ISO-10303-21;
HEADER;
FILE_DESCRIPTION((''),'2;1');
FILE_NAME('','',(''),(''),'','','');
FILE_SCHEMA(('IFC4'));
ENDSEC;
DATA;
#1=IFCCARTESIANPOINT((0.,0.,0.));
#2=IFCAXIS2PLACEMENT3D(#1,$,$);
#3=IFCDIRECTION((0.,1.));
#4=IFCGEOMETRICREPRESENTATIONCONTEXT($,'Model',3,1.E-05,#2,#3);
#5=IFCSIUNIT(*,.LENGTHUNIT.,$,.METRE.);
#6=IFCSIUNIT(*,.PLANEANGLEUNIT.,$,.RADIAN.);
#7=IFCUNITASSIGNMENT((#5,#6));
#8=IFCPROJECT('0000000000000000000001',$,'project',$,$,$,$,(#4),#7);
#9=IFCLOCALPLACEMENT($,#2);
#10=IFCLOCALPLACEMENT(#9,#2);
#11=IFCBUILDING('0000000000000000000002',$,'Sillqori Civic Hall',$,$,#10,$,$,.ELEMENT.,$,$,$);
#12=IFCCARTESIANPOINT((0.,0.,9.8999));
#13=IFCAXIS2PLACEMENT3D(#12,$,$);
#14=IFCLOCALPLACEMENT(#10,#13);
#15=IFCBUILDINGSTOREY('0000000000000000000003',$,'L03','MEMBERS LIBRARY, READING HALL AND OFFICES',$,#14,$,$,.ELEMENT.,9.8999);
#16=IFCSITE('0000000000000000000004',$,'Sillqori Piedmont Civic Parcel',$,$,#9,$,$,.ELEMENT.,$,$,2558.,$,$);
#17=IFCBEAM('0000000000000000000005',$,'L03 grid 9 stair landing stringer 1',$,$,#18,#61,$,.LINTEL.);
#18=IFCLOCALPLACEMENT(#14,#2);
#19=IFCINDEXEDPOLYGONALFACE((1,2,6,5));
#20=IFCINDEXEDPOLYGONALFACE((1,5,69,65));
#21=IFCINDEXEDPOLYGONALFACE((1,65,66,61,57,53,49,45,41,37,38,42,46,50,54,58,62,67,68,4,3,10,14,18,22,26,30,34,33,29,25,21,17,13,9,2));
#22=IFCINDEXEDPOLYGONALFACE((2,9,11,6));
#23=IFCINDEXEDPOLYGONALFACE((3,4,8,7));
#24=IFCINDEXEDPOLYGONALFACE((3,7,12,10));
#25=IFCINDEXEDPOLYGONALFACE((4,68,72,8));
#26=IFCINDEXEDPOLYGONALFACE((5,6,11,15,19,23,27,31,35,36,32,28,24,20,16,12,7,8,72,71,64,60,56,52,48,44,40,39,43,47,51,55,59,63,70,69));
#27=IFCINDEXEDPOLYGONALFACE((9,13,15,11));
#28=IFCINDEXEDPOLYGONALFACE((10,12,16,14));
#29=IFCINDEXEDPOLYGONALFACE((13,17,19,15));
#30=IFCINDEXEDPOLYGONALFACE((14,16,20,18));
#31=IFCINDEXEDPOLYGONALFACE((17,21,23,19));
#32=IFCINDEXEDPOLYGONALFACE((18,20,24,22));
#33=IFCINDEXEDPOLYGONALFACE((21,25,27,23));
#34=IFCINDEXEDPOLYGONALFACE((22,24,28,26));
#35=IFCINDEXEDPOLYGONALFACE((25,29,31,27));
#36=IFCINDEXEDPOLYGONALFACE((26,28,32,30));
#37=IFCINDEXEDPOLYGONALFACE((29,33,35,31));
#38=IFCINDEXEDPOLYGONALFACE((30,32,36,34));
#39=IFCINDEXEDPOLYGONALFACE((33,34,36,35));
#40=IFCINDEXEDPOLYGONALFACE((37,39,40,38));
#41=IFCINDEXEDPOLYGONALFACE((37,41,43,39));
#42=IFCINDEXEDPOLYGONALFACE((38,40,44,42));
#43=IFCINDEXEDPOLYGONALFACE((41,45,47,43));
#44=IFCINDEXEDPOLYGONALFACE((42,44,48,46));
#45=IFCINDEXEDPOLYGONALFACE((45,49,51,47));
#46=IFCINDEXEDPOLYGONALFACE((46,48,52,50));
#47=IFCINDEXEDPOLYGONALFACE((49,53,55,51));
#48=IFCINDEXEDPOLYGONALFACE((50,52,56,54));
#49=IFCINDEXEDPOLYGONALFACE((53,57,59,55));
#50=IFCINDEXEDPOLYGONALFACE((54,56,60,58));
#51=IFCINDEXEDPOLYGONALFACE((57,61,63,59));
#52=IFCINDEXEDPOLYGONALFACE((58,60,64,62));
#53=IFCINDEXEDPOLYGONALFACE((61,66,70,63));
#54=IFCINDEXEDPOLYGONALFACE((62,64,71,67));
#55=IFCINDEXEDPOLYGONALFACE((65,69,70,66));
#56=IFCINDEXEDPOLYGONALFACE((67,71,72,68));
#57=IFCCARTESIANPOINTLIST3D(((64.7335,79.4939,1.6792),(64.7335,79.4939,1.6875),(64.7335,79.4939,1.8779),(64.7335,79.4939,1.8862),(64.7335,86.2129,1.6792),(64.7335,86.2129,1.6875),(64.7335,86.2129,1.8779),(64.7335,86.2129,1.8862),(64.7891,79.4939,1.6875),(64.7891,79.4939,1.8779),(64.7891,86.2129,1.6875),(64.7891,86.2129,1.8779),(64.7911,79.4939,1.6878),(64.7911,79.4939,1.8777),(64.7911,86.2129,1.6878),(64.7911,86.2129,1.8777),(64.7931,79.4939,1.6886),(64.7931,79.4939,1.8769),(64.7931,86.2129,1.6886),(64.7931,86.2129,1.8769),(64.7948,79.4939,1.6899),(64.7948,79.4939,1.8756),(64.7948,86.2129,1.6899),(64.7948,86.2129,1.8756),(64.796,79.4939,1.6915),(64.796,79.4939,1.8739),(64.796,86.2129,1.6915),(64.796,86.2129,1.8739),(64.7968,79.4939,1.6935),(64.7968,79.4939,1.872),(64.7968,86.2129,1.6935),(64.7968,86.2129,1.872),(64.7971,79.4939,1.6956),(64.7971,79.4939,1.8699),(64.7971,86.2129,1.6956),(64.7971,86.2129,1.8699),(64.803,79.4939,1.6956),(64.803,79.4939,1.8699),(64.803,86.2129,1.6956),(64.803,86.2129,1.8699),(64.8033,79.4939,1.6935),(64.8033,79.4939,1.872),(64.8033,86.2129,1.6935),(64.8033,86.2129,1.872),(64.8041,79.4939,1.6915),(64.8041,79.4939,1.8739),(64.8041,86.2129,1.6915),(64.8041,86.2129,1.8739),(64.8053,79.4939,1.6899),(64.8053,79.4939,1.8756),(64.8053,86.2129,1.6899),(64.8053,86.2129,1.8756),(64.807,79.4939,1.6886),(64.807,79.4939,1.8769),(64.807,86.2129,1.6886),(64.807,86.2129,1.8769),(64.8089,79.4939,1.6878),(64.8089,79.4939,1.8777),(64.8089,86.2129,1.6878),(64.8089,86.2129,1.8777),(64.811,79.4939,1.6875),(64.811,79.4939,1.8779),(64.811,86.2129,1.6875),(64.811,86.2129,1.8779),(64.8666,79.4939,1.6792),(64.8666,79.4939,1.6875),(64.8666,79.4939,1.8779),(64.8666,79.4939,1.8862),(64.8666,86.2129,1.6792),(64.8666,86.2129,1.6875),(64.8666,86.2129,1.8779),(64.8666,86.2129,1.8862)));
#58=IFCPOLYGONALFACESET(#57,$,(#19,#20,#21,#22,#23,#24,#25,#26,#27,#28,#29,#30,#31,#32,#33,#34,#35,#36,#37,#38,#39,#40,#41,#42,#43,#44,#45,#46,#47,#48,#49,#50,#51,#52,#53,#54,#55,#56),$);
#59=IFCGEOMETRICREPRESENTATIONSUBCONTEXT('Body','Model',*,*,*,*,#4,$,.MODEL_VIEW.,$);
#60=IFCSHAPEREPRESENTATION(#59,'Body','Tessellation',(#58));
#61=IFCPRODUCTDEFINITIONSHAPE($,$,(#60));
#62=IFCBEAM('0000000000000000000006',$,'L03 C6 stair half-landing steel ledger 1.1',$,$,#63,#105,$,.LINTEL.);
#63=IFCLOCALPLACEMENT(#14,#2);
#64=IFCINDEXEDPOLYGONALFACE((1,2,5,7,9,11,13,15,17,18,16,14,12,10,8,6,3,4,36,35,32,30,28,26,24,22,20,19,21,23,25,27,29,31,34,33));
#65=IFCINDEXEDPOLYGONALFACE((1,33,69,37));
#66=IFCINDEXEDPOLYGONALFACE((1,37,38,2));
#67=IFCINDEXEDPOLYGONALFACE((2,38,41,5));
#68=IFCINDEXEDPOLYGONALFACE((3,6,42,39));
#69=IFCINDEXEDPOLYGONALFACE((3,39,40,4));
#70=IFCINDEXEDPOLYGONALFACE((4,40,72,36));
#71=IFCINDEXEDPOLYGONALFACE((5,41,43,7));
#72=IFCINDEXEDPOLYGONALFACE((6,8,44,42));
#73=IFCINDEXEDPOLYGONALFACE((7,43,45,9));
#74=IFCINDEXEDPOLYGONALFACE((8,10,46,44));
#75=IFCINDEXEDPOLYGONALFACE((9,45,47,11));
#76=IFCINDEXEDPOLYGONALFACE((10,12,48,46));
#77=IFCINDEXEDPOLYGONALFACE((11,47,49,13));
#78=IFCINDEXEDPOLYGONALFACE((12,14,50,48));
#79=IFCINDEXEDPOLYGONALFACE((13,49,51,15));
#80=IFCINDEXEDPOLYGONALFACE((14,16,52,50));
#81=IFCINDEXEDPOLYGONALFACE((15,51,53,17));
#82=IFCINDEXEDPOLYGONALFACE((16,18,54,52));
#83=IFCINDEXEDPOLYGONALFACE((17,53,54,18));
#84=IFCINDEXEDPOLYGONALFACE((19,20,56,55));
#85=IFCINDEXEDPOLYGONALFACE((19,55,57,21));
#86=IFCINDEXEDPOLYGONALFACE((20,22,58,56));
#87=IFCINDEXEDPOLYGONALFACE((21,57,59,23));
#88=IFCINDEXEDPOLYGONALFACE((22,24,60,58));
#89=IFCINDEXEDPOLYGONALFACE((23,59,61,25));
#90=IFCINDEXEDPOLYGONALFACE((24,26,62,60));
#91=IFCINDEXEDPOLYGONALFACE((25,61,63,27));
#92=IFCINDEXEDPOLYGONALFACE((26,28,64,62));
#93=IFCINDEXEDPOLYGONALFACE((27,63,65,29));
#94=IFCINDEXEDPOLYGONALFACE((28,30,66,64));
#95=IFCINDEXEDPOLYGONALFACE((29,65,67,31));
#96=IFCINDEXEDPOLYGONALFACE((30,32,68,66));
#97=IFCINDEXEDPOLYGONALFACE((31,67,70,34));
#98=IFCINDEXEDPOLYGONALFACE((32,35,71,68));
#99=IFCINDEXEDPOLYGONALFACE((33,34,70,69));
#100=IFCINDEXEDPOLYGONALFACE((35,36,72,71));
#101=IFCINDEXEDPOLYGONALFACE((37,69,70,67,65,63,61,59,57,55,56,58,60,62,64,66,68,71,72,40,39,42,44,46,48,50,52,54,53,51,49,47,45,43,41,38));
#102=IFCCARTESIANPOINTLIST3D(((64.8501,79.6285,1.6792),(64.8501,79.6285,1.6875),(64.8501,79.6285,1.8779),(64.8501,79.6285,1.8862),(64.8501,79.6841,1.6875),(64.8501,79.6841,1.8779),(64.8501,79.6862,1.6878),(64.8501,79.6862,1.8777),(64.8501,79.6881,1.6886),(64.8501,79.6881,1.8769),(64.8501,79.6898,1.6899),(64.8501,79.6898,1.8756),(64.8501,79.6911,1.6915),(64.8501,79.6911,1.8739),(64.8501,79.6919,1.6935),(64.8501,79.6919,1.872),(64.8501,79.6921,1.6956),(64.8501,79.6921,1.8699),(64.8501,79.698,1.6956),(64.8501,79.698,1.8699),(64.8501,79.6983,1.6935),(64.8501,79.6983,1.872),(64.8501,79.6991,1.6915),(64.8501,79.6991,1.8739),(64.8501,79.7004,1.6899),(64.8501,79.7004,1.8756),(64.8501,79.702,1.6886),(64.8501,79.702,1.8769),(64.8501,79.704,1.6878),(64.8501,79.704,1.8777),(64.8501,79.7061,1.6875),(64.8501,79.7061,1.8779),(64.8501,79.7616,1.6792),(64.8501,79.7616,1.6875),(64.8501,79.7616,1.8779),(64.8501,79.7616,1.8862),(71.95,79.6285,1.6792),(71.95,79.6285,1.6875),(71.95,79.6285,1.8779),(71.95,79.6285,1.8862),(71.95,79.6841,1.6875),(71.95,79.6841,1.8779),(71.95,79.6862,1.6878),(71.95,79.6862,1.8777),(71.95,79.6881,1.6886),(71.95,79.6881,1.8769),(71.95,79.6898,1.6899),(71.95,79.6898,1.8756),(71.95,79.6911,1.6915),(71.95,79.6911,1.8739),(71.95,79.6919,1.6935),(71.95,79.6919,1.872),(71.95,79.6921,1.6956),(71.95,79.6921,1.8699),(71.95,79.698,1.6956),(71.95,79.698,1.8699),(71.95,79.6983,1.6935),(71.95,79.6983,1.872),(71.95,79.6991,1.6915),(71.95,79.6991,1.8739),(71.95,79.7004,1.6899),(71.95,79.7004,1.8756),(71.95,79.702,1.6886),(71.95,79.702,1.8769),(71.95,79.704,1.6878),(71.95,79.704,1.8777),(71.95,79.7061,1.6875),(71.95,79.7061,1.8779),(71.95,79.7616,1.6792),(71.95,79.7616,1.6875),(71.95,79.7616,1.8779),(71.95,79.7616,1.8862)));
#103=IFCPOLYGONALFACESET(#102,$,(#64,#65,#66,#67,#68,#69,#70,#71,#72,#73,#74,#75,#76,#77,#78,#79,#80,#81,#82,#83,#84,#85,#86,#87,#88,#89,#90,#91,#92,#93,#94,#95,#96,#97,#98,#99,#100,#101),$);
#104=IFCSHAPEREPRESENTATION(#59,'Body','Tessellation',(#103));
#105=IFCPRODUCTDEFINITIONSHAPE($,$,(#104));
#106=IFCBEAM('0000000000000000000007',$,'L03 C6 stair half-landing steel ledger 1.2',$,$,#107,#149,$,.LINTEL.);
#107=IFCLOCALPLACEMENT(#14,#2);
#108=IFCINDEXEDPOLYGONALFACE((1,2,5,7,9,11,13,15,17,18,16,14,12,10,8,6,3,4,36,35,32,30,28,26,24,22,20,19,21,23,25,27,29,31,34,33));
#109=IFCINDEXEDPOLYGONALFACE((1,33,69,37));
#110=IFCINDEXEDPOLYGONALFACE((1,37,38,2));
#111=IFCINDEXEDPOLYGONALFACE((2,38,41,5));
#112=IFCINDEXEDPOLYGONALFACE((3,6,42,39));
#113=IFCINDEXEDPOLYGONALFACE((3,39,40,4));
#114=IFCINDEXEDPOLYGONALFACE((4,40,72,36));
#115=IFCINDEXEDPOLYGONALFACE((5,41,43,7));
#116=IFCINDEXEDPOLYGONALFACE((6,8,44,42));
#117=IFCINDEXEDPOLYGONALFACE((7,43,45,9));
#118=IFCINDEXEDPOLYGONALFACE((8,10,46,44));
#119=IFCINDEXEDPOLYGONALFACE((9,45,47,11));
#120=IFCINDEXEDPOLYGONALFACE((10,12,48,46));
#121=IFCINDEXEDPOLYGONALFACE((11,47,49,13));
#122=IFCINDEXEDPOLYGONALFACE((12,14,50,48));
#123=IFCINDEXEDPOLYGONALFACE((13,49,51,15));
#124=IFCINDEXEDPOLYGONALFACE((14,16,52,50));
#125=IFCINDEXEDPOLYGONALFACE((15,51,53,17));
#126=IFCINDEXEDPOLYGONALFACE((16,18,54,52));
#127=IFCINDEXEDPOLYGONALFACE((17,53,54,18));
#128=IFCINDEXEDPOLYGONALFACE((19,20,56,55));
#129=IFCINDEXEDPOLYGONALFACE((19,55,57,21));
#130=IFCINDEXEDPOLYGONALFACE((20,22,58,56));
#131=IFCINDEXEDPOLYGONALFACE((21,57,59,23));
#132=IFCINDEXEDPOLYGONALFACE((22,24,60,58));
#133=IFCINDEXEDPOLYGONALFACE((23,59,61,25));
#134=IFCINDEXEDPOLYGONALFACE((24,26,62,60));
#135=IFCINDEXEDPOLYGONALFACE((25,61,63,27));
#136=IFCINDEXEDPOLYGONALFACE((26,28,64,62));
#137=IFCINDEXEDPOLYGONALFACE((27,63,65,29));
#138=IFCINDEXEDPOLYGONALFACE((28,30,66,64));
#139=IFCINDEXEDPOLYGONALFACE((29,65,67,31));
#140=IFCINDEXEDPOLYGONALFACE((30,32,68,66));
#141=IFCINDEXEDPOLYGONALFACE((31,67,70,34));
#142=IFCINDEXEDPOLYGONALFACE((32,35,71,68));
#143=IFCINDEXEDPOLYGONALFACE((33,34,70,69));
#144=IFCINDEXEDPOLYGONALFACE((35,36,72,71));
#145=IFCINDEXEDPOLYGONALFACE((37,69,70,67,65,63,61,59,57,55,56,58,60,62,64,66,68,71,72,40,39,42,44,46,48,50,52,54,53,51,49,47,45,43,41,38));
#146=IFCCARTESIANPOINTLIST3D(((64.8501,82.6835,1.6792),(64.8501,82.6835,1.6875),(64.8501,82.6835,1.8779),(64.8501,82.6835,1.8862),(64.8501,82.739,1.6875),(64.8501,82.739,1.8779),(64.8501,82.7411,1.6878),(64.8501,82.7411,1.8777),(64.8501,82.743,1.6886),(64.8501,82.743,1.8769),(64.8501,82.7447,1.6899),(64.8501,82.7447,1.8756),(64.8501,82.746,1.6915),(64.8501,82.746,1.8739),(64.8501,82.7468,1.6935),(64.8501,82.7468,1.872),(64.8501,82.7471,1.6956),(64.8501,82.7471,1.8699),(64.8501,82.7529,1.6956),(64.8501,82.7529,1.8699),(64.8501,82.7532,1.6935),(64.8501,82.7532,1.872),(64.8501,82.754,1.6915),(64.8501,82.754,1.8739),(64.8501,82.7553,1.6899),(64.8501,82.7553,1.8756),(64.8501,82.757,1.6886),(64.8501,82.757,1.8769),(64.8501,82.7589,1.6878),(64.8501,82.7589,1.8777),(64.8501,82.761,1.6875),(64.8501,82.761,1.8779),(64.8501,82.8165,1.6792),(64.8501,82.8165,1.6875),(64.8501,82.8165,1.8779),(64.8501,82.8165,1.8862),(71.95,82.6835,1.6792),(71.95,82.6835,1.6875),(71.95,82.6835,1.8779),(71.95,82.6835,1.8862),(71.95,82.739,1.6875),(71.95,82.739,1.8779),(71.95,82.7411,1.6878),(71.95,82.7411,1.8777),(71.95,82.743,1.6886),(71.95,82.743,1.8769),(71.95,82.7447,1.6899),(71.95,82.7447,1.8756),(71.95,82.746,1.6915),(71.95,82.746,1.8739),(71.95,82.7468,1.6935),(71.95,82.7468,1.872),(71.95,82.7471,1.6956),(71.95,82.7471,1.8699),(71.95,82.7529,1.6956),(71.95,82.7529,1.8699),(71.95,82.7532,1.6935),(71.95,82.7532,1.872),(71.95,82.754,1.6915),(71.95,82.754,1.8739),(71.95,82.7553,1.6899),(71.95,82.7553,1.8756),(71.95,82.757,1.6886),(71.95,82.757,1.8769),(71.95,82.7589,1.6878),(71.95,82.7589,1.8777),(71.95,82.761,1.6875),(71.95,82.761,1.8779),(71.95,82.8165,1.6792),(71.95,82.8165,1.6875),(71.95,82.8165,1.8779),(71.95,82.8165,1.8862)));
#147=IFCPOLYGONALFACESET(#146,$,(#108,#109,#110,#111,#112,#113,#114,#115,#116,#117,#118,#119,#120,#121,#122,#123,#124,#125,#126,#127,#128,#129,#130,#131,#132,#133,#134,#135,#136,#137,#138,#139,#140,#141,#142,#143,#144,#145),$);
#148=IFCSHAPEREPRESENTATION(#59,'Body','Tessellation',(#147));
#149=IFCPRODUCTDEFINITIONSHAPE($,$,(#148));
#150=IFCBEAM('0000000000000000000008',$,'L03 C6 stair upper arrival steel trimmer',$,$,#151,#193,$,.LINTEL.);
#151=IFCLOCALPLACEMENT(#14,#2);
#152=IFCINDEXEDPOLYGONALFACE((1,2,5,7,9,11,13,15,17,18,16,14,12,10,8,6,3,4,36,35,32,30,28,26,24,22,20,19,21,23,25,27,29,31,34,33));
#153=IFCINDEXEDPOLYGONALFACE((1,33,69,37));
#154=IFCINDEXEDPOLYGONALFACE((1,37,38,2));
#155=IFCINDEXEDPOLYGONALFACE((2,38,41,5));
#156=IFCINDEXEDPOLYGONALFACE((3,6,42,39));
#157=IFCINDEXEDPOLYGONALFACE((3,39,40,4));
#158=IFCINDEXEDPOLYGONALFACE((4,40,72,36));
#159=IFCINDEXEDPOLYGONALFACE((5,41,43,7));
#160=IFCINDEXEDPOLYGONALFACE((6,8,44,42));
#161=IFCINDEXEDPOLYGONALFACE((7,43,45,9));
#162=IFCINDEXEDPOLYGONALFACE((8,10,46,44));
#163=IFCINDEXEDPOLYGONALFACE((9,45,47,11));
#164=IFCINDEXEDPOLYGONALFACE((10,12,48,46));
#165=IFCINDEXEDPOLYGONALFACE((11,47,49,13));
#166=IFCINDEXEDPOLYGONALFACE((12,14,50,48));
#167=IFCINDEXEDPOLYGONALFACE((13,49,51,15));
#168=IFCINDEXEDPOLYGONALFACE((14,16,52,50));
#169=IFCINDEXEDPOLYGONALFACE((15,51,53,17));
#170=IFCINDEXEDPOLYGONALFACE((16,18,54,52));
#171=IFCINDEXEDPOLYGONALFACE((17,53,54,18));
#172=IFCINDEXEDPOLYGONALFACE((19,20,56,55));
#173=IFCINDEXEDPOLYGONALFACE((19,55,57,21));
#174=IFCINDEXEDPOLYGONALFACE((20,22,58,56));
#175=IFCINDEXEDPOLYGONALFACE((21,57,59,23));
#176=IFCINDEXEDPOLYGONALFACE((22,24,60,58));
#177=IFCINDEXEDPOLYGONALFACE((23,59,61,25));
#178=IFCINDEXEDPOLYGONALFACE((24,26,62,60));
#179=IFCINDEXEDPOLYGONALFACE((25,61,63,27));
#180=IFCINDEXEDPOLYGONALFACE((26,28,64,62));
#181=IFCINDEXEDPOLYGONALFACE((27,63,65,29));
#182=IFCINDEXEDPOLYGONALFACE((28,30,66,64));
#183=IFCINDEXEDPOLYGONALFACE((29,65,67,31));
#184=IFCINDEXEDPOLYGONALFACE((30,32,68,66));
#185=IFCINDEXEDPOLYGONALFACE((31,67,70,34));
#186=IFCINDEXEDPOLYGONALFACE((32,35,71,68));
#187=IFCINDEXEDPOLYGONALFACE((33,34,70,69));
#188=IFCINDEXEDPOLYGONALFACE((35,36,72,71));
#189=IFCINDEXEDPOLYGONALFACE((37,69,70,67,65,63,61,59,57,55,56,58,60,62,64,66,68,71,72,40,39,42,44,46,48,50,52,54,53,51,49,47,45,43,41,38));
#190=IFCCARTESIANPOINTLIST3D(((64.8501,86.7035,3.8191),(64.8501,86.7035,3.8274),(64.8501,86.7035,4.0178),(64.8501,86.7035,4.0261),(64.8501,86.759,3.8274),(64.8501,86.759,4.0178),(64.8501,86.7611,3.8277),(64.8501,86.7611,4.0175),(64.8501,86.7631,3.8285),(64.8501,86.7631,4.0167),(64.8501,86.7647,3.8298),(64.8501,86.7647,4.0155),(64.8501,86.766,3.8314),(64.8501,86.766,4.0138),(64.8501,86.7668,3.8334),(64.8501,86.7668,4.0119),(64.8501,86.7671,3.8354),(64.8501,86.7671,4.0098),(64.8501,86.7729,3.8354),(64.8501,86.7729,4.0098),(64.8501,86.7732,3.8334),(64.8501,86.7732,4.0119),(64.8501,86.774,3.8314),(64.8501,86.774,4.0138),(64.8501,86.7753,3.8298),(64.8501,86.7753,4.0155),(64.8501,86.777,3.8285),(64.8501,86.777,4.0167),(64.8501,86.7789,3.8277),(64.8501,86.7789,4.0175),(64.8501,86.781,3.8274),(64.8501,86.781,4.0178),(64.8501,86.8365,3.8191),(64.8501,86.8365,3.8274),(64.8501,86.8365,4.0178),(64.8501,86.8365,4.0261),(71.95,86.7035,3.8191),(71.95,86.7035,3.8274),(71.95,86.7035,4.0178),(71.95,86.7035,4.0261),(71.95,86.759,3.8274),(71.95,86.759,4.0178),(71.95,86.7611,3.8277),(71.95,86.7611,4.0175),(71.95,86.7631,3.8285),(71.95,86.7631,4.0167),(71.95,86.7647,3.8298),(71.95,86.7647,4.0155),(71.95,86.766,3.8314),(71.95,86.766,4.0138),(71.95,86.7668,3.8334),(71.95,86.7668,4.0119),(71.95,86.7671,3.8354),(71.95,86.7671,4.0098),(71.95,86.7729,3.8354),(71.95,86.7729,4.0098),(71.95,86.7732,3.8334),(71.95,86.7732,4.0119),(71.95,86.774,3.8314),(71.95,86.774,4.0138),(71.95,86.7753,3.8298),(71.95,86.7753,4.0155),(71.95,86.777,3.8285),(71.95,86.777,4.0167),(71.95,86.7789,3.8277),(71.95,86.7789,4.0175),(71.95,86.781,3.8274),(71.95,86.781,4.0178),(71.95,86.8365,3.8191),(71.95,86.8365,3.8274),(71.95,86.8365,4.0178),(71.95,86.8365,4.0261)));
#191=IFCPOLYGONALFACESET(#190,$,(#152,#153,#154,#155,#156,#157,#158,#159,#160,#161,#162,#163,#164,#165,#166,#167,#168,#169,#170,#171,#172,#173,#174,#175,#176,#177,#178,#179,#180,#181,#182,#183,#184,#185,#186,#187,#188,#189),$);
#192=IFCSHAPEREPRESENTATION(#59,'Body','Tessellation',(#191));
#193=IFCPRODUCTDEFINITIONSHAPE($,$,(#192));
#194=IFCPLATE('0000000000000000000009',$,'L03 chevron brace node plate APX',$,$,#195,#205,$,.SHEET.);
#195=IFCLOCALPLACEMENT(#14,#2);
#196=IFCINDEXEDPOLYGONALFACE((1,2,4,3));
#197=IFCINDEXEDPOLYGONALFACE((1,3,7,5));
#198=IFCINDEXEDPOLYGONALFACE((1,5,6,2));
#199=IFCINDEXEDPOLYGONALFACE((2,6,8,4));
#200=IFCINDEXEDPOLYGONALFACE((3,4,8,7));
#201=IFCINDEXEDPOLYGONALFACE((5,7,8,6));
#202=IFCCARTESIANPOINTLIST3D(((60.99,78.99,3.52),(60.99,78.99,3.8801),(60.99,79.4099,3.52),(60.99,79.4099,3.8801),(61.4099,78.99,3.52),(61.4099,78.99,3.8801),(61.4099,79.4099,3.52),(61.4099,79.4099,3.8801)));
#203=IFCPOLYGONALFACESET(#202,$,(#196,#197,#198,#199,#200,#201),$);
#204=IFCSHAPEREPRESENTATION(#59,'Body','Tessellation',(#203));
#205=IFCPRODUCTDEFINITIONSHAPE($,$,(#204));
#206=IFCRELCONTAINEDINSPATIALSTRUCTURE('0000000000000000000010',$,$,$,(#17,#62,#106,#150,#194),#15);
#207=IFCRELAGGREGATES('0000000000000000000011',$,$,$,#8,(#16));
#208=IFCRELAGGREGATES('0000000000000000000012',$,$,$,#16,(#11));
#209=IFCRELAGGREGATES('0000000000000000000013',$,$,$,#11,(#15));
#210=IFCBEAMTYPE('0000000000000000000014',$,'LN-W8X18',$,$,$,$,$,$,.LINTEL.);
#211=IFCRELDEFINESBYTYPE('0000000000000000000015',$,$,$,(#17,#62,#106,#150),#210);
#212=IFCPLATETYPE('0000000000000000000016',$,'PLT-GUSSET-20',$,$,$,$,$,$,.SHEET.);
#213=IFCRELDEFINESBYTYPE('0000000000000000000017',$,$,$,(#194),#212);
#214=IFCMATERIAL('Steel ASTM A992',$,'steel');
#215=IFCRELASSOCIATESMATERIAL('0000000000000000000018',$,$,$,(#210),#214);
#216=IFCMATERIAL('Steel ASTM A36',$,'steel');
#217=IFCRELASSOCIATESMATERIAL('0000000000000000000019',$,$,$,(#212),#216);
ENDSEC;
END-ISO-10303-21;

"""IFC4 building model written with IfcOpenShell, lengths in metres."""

from ifc_helpers import new_model, si_unit, direction, frame, origin, origin_2d, place, context, subcontext, project, spatial, rectangle, i_section, extrude, material, material_profile, profile_set, type_object, element, save


model = new_model("IFC4")

# Units and contexts
model_context = context("Model", 3, precision=1e-05, world=origin(), true_north=direction((0.0, 1.0)))
body_context = subcontext(model_context, "Body", "Model", "MODEL_VIEW")
ifc_project = project(units=[si_unit("LENGTHUNIT", "METRE"), si_unit("PLANEANGLEUNIT", "RADIAN")], contexts=[model_context])

# Site, building, storey
site_placement = place(None, origin())
site = spatial("IfcSite", under=ifc_project, at=site_placement, Name="Sillqori Piedmont Civic Parcel", CompositionType="ELEMENT", RefElevation=2558.0)
building_placement = place(site_placement, origin())
building = spatial("IfcBuilding", under=site, at=building_placement, Name="Sillqori Civic Hall", CompositionType="ELEMENT")
storey_placement = place(building_placement, frame((0.0, 0.0, 9.8999)))
storey = spatial("IfcBuildingStorey", under=building, at=storey_placement, Name="L03", Description="MEMBERS LIBRARY, READING HALL AND OFFICES", CompositionType="ELEMENT", Elevation=9.8999)

# Shared definitions
ifc_material_1 = material(Name="Steel ASTM A992", Category="steel")

# Beams
ifc_material_profile_1 = material_profile(ifc_material_1, i_section(OverallWidth=0.1331, OverallDepth=0.207, WebThickness=0.0059, FlangeThickness=0.0083, FilletRadius=0.0081, at=origin_2d()), Name="W8X18")
ifc_profile_set_1 = profile_set([ifc_material_profile_1], Name="Steel ASTM A992")
beam_type_1 = type_object("IfcBeamType", Name="LN-W8X18", PredefinedType="LINTEL", material=ifc_profile_set_1)
for number, where, z_axis, x_axis, name in (
    (1, (64.8, 79.4939, 1.7827), (0.0, 1.0, 0.0), (-1.0, 0.0, 0.0), "L03 grid 9 stair landing stringer 1"),
):
    element("IfcBeam", number, at=place(storey_placement, frame(where, z_axis=z_axis, x_axis=x_axis)), inside=storey, type_object=beam_type_1, Name=name, PredefinedType="LINTEL", context=body_context, shape_type="SweptSolid", body=[
        extrude(i_section(OverallWidth=0.1331, OverallDepth=0.207, WebThickness=0.0059, FlangeThickness=0.0083, FilletRadius=0.0081, at=origin_2d()), origin(), (0.0, 0.0, 1.0), 6.719),
    ])
for number, where, z_axis, x_axis, name in (
    (2, (64.8501, 79.6951, 1.7827), (1.0, 0.0, 0.0), (0.0, 1.0, 0.0), "L03 C6 stair half-landing steel ledger 1.1"),
    (3, (64.8501, 82.75, 1.7827), (1.0, 0.0, 0.0), (0.0, 1.0, 0.0), "L03 C6 stair half-landing steel ledger 1.2"),
    (4, (64.8501, 86.77, 3.9226), (1.0, 0.0, 0.0), (0.0, 1.0, 0.0), "L03 C6 stair upper arrival steel trimmer"),
):
    element("IfcBeam", number, at=place(storey_placement, frame(where, z_axis=z_axis, x_axis=x_axis)), inside=storey, type_object=beam_type_1, Name=name, PredefinedType="LINTEL", context=body_context, shape_type="SweptSolid", body=[
        extrude(i_section(OverallWidth=0.1331, OverallDepth=0.207, WebThickness=0.0059, FlangeThickness=0.0083, FilletRadius=0.0081, at=origin_2d()), origin(), (0.0, 0.0, 1.0), 7.0999),
    ])

# Plate
ifc_material_2 = material(Name="Steel ASTM A36", Category="steel")
plate_type = type_object("IfcPlateType", Name="PLT-GUSSET-20", PredefinedType="SHEET", material=ifc_material_2)
for number, where, z_axis, x_axis, name in (
    (5, (61.2, 79.2, 3.52), (0.0, 0.0, 1.0), (1.0, 0.0, 0.0), "L03 chevron brace node plate APX"),
):
    element("IfcPlate", number, at=place(storey_placement, frame(where, z_axis=z_axis, x_axis=x_axis)), inside=storey, type_object=plate_type, Name=name, PredefinedType="SHEET", context=body_context, shape_type="SweptSolid", body=[
        extrude(rectangle(XDim=0.4199, YDim=0.4199, at=origin_2d()), origin(), (0.0, 0.0, 1.0), 0.3601),
    ])

save(model, "model.ifc")
